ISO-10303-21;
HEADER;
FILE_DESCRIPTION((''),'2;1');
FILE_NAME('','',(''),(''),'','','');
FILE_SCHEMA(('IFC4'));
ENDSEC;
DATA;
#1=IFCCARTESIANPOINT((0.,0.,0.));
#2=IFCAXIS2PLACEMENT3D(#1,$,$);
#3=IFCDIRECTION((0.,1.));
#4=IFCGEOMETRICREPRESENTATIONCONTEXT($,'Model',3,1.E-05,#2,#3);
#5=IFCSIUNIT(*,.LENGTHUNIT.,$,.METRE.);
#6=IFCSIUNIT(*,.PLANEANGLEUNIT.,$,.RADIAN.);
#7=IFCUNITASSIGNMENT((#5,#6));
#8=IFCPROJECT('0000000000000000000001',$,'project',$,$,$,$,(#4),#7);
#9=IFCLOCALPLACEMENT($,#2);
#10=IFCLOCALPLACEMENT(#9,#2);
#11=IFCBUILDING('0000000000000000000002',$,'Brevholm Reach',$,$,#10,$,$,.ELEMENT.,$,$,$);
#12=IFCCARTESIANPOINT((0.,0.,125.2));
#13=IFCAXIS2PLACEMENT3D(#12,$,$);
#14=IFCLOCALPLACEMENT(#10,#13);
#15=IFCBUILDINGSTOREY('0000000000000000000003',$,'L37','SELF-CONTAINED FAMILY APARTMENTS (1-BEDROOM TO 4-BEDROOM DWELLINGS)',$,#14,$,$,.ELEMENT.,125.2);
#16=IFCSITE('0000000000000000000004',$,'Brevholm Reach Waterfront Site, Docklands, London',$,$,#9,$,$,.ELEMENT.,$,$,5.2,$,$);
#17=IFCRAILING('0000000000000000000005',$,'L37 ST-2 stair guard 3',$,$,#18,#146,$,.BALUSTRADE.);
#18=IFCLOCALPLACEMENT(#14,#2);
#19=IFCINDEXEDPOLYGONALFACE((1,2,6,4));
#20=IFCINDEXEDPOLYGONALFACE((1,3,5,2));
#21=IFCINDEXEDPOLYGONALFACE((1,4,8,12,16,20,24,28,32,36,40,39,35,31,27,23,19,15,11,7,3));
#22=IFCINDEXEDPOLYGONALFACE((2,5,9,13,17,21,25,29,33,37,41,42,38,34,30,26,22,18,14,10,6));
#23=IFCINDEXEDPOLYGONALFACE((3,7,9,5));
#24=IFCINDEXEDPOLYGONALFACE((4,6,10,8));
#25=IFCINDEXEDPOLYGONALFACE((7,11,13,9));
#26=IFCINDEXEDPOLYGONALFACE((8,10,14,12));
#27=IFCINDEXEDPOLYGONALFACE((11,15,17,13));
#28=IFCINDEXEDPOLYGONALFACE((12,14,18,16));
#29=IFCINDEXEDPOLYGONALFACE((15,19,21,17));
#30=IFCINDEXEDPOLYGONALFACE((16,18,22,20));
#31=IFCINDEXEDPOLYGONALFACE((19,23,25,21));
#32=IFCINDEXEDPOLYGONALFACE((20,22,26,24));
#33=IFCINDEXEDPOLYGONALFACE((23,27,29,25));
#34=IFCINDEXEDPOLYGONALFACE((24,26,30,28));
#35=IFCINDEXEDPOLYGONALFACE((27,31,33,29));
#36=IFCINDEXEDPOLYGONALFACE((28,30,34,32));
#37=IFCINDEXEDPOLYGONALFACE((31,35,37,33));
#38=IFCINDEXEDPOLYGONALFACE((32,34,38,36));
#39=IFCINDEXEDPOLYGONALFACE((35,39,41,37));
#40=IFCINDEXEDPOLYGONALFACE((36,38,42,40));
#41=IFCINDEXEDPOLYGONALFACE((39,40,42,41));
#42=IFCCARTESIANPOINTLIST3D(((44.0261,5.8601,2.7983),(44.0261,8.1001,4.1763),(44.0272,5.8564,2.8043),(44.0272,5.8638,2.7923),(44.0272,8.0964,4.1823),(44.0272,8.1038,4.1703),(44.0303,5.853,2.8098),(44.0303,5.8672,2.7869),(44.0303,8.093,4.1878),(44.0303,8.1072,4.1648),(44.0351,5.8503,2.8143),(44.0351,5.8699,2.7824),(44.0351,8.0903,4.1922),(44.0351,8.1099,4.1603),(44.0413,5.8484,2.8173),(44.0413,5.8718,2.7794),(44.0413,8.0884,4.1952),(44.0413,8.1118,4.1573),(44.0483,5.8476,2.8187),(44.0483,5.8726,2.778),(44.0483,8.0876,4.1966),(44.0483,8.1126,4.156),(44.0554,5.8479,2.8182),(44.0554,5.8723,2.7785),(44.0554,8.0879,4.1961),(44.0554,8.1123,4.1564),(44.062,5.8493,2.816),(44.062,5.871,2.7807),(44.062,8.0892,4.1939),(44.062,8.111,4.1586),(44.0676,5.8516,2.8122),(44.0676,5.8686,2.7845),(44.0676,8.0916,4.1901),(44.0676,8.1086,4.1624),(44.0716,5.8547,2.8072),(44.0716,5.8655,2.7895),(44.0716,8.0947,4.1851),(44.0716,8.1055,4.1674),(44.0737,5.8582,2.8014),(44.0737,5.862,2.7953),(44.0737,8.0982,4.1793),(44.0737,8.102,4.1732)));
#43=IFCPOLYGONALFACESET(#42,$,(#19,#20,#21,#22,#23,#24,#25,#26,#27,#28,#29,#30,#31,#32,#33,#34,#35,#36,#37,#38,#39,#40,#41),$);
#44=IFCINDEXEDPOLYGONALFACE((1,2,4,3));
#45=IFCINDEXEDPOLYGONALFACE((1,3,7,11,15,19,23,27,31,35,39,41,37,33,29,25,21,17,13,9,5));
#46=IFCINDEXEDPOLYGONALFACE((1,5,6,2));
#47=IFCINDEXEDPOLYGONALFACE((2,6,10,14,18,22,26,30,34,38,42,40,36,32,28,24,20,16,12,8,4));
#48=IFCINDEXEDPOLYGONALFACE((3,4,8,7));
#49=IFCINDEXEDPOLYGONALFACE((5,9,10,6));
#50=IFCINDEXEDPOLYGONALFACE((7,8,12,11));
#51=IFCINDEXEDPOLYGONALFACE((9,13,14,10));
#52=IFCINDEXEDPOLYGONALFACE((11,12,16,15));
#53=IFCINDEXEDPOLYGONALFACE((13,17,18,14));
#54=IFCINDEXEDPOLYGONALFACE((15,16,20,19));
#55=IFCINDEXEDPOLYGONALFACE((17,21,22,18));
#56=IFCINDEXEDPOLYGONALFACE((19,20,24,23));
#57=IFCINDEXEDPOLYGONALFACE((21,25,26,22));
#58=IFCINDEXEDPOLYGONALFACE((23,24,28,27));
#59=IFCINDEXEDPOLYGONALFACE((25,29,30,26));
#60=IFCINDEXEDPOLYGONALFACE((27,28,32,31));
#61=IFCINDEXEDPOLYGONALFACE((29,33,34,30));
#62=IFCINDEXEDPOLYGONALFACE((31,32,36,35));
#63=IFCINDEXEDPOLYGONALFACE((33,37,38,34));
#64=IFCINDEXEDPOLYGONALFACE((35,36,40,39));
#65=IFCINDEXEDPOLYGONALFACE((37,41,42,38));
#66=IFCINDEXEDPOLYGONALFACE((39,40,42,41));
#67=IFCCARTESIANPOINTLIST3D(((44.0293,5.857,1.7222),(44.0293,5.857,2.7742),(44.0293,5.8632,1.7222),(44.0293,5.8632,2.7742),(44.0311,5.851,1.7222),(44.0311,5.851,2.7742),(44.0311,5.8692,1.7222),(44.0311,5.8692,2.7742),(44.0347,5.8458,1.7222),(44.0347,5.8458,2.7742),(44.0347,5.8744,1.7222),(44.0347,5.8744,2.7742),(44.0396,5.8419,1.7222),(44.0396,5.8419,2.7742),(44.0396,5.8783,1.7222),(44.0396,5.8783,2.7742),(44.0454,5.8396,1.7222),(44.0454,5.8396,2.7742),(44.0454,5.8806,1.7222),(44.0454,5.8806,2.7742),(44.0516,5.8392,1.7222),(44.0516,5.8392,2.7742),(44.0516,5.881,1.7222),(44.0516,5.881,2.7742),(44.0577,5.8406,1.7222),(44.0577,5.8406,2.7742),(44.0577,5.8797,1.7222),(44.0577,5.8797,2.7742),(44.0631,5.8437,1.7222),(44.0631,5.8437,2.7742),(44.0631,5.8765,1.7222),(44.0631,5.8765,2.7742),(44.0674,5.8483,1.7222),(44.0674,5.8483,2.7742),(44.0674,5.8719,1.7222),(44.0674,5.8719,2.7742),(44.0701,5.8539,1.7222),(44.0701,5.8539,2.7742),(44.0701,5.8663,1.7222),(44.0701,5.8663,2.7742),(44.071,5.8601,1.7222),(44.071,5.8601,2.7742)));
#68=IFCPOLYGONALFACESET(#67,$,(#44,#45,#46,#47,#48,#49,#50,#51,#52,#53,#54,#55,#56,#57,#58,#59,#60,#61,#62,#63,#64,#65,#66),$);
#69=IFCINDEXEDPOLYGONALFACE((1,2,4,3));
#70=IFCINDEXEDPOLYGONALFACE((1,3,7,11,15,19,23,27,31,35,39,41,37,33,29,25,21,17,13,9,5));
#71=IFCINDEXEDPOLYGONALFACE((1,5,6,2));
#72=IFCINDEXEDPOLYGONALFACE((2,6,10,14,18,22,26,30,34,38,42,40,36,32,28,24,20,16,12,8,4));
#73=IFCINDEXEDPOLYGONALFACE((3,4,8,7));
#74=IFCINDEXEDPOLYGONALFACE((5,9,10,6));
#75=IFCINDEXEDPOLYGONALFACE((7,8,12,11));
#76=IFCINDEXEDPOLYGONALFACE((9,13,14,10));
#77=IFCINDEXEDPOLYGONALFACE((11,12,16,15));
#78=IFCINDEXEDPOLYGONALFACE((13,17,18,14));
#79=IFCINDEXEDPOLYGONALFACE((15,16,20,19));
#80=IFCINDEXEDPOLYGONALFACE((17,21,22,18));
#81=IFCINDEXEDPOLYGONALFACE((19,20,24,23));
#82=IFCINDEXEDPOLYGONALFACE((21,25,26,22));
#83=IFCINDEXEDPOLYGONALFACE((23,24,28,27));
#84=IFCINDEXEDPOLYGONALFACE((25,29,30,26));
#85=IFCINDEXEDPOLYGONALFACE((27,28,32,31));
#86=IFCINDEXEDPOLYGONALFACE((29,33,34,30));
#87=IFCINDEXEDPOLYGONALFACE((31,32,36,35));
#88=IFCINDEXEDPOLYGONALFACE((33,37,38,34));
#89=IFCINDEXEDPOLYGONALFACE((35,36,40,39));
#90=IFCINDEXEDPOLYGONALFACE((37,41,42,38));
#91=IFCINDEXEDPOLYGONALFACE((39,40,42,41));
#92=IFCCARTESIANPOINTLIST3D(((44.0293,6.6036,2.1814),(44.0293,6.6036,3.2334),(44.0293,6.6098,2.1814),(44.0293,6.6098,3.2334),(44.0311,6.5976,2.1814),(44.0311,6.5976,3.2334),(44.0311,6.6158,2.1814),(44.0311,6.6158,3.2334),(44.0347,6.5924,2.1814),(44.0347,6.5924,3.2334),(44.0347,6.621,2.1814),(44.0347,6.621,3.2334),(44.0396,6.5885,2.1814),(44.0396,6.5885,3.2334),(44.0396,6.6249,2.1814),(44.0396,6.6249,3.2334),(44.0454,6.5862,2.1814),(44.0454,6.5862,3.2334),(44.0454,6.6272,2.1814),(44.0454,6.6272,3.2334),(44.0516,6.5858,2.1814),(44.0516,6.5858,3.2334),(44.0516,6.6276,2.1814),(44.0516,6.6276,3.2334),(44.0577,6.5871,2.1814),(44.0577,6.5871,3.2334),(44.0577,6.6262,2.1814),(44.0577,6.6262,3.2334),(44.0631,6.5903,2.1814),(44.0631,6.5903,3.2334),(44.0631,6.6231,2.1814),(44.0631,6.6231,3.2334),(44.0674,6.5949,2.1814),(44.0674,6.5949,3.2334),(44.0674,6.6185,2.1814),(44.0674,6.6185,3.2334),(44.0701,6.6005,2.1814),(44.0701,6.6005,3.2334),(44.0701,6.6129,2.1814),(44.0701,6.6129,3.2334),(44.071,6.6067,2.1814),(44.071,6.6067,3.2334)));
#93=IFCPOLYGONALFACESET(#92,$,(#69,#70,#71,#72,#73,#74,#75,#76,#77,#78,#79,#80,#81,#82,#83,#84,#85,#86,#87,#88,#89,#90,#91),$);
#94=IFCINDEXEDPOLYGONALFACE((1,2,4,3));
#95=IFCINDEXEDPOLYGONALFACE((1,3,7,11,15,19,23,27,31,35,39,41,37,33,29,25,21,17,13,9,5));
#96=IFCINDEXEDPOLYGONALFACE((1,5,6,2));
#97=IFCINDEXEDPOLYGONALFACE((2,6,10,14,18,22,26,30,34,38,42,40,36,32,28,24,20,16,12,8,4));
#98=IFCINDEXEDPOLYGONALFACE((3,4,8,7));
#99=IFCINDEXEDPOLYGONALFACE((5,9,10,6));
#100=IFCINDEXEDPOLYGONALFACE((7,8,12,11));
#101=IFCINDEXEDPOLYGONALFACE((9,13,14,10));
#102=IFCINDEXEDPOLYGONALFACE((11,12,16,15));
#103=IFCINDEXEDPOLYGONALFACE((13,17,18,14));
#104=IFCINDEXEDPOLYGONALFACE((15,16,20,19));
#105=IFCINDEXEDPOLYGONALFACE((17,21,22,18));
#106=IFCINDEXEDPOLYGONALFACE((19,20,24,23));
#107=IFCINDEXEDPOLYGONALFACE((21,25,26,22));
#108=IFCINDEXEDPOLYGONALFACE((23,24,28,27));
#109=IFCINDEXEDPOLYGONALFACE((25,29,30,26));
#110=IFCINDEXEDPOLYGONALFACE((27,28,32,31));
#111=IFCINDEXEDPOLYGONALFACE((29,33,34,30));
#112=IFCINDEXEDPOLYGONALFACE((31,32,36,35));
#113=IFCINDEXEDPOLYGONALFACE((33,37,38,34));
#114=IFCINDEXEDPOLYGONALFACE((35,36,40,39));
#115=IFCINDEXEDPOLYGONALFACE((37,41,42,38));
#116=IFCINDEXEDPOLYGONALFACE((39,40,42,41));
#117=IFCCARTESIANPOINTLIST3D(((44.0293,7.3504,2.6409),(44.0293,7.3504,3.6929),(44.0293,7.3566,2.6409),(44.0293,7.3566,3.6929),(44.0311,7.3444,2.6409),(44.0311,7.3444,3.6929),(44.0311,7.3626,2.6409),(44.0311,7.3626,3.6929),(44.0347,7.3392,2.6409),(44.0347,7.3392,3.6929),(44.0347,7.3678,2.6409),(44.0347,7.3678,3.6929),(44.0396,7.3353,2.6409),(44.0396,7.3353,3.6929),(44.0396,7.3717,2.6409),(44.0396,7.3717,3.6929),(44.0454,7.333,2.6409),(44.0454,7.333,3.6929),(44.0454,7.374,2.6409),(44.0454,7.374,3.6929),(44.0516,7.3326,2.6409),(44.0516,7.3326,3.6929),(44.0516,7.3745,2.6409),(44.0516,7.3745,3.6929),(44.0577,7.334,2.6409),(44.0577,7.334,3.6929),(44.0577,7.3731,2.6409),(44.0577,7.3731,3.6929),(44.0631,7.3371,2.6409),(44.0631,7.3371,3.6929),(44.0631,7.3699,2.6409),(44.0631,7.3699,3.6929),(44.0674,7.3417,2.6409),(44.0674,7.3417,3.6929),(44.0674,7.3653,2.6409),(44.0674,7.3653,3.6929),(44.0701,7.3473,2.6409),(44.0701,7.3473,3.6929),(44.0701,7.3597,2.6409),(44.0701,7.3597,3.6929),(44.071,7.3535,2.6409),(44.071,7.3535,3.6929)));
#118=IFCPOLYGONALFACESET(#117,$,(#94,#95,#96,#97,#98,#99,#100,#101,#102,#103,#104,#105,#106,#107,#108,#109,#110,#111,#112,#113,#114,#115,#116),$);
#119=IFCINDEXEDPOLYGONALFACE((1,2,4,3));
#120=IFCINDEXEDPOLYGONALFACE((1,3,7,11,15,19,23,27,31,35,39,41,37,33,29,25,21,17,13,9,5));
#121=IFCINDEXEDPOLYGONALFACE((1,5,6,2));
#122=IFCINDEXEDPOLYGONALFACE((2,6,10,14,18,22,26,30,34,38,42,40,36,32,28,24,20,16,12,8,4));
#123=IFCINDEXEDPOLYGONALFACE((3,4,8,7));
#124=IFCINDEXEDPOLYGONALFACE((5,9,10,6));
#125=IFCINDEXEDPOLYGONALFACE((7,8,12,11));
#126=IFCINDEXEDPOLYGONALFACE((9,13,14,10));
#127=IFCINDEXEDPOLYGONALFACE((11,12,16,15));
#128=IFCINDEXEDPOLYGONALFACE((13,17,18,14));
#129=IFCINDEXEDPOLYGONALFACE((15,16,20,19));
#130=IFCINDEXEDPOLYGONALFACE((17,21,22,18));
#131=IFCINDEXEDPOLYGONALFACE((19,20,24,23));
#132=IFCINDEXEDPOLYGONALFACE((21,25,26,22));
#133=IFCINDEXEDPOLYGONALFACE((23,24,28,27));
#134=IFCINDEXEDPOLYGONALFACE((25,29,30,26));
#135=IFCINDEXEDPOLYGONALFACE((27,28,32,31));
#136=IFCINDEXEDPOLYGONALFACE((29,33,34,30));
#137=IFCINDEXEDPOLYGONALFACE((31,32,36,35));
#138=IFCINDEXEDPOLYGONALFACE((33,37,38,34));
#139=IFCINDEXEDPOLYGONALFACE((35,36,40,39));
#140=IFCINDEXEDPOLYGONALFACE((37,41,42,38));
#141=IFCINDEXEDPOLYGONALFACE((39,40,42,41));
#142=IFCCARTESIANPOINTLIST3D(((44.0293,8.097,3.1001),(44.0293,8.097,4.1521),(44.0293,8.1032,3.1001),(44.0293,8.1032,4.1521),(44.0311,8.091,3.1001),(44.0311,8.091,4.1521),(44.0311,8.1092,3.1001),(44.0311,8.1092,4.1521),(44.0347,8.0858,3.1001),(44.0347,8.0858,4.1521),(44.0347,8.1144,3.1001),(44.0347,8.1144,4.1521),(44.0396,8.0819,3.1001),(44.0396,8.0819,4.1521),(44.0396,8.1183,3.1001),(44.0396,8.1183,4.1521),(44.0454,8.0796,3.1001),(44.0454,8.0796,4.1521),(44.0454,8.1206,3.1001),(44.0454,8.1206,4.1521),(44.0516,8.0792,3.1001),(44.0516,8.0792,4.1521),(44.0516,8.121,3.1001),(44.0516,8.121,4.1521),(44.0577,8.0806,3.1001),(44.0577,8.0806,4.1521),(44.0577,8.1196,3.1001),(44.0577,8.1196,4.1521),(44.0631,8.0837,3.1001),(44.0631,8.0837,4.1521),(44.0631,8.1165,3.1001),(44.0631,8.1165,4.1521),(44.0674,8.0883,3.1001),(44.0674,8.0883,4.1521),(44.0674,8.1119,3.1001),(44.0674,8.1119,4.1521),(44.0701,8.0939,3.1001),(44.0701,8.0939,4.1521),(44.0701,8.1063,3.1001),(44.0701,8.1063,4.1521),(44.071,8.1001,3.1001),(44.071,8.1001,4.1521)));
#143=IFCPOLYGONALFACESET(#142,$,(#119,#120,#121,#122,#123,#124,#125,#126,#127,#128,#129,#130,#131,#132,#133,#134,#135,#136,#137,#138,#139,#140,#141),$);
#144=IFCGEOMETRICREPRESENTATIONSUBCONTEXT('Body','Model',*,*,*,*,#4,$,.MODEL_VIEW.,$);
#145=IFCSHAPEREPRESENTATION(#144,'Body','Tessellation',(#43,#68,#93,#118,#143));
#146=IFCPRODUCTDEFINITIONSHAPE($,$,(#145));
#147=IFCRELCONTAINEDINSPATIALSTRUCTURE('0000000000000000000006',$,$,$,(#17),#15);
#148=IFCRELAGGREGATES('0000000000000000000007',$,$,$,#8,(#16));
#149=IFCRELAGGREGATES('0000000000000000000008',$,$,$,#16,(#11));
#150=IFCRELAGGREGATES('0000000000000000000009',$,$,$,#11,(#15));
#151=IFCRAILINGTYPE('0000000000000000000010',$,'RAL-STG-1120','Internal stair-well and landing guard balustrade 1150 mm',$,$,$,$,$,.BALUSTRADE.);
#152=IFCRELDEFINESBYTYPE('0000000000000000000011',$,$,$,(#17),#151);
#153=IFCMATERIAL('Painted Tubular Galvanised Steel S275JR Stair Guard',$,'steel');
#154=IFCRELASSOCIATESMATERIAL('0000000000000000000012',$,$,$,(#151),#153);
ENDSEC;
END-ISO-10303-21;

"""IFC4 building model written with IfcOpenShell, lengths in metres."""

from ifc_helpers import new_model, si_unit, direction, frame, origin, origin_2d, place, context, subcontext, project, spatial, circle, extrude, material, type_object, element, save


model = new_model("IFC4")

# Units and contexts
model_context = context("Model", 3, precision=1e-05, world=origin(), true_north=direction((0.0, 1.0)))
body_context = subcontext(model_context, "Body", "Model", "MODEL_VIEW")
ifc_project = project(units=[si_unit("LENGTHUNIT", "METRE"), si_unit("PLANEANGLEUNIT", "RADIAN")], contexts=[model_context])

# Site, building, storey
site_placement = place(None, origin())
site = spatial("IfcSite", under=ifc_project, at=site_placement, Name="Brevholm Reach Waterfront Site, Docklands, London", CompositionType="ELEMENT", RefElevation=5.2)
building_placement = place(site_placement, origin())
building = spatial("IfcBuilding", under=site, at=building_placement, Name="Brevholm Reach", CompositionType="ELEMENT")
storey_placement = place(building_placement, frame((0.0, 0.0, 125.2)))
storey = spatial("IfcBuildingStorey", under=building, at=storey_placement, Name="L37", Description="SELF-CONTAINED FAMILY APARTMENTS (1-BEDROOM TO 4-BEDROOM DWELLINGS)", CompositionType="ELEMENT", Elevation=125.2)

# Railing
ifc_material_1 = material(Name="Painted Tubular Galvanised Steel S275JR Stair Guard", Category="steel")
railing_type_1 = type_object("IfcRailingType", Name="RAL-STG-1120", Description="Internal stair-well and landing guard balustrade 1150 mm", PredefinedType="BALUSTRADE", material=ifc_material_1)
railing_1_placement = place(storey_placement, frame((44.05, 5.8601, 1.7222)))
element("IfcRailing", 1, at=railing_1_placement, inside=storey, type_object=railing_type_1, Name="L37 ST-2 stair guard 3", PredefinedType="BALUSTRADE", context=body_context, shape_type="SweptSolid", body=[
    extrude(circle(Radius=0.0239, at=origin_2d()), frame((0.0, 0.0, 1.0762), z_axis=(0.0, 0.851748, 0.523952), x_axis=(-1.0, 0.0, 0.0)), (0.0, 0.0, 1.0), 2.6299),
    extrude(circle(Radius=0.021, at=origin_2d()), origin(), (0.0, 0.0, 1.0), 1.052),
    extrude(circle(Radius=0.021, at=origin_2d()), frame((0.0, 0.7466, 0.4592)), (0.0, 0.0, 1.0), 1.052),
    extrude(circle(Radius=0.021, at=origin_2d()), frame((0.0, 1.4934, 0.9187)), (0.0, 0.0, 1.0), 1.052),
    extrude(circle(Radius=0.021, at=origin_2d()), frame((0.0, 2.24, 1.3779)), (0.0, 0.0, 1.0), 1.052),
])

save(model, "model.ifc")
